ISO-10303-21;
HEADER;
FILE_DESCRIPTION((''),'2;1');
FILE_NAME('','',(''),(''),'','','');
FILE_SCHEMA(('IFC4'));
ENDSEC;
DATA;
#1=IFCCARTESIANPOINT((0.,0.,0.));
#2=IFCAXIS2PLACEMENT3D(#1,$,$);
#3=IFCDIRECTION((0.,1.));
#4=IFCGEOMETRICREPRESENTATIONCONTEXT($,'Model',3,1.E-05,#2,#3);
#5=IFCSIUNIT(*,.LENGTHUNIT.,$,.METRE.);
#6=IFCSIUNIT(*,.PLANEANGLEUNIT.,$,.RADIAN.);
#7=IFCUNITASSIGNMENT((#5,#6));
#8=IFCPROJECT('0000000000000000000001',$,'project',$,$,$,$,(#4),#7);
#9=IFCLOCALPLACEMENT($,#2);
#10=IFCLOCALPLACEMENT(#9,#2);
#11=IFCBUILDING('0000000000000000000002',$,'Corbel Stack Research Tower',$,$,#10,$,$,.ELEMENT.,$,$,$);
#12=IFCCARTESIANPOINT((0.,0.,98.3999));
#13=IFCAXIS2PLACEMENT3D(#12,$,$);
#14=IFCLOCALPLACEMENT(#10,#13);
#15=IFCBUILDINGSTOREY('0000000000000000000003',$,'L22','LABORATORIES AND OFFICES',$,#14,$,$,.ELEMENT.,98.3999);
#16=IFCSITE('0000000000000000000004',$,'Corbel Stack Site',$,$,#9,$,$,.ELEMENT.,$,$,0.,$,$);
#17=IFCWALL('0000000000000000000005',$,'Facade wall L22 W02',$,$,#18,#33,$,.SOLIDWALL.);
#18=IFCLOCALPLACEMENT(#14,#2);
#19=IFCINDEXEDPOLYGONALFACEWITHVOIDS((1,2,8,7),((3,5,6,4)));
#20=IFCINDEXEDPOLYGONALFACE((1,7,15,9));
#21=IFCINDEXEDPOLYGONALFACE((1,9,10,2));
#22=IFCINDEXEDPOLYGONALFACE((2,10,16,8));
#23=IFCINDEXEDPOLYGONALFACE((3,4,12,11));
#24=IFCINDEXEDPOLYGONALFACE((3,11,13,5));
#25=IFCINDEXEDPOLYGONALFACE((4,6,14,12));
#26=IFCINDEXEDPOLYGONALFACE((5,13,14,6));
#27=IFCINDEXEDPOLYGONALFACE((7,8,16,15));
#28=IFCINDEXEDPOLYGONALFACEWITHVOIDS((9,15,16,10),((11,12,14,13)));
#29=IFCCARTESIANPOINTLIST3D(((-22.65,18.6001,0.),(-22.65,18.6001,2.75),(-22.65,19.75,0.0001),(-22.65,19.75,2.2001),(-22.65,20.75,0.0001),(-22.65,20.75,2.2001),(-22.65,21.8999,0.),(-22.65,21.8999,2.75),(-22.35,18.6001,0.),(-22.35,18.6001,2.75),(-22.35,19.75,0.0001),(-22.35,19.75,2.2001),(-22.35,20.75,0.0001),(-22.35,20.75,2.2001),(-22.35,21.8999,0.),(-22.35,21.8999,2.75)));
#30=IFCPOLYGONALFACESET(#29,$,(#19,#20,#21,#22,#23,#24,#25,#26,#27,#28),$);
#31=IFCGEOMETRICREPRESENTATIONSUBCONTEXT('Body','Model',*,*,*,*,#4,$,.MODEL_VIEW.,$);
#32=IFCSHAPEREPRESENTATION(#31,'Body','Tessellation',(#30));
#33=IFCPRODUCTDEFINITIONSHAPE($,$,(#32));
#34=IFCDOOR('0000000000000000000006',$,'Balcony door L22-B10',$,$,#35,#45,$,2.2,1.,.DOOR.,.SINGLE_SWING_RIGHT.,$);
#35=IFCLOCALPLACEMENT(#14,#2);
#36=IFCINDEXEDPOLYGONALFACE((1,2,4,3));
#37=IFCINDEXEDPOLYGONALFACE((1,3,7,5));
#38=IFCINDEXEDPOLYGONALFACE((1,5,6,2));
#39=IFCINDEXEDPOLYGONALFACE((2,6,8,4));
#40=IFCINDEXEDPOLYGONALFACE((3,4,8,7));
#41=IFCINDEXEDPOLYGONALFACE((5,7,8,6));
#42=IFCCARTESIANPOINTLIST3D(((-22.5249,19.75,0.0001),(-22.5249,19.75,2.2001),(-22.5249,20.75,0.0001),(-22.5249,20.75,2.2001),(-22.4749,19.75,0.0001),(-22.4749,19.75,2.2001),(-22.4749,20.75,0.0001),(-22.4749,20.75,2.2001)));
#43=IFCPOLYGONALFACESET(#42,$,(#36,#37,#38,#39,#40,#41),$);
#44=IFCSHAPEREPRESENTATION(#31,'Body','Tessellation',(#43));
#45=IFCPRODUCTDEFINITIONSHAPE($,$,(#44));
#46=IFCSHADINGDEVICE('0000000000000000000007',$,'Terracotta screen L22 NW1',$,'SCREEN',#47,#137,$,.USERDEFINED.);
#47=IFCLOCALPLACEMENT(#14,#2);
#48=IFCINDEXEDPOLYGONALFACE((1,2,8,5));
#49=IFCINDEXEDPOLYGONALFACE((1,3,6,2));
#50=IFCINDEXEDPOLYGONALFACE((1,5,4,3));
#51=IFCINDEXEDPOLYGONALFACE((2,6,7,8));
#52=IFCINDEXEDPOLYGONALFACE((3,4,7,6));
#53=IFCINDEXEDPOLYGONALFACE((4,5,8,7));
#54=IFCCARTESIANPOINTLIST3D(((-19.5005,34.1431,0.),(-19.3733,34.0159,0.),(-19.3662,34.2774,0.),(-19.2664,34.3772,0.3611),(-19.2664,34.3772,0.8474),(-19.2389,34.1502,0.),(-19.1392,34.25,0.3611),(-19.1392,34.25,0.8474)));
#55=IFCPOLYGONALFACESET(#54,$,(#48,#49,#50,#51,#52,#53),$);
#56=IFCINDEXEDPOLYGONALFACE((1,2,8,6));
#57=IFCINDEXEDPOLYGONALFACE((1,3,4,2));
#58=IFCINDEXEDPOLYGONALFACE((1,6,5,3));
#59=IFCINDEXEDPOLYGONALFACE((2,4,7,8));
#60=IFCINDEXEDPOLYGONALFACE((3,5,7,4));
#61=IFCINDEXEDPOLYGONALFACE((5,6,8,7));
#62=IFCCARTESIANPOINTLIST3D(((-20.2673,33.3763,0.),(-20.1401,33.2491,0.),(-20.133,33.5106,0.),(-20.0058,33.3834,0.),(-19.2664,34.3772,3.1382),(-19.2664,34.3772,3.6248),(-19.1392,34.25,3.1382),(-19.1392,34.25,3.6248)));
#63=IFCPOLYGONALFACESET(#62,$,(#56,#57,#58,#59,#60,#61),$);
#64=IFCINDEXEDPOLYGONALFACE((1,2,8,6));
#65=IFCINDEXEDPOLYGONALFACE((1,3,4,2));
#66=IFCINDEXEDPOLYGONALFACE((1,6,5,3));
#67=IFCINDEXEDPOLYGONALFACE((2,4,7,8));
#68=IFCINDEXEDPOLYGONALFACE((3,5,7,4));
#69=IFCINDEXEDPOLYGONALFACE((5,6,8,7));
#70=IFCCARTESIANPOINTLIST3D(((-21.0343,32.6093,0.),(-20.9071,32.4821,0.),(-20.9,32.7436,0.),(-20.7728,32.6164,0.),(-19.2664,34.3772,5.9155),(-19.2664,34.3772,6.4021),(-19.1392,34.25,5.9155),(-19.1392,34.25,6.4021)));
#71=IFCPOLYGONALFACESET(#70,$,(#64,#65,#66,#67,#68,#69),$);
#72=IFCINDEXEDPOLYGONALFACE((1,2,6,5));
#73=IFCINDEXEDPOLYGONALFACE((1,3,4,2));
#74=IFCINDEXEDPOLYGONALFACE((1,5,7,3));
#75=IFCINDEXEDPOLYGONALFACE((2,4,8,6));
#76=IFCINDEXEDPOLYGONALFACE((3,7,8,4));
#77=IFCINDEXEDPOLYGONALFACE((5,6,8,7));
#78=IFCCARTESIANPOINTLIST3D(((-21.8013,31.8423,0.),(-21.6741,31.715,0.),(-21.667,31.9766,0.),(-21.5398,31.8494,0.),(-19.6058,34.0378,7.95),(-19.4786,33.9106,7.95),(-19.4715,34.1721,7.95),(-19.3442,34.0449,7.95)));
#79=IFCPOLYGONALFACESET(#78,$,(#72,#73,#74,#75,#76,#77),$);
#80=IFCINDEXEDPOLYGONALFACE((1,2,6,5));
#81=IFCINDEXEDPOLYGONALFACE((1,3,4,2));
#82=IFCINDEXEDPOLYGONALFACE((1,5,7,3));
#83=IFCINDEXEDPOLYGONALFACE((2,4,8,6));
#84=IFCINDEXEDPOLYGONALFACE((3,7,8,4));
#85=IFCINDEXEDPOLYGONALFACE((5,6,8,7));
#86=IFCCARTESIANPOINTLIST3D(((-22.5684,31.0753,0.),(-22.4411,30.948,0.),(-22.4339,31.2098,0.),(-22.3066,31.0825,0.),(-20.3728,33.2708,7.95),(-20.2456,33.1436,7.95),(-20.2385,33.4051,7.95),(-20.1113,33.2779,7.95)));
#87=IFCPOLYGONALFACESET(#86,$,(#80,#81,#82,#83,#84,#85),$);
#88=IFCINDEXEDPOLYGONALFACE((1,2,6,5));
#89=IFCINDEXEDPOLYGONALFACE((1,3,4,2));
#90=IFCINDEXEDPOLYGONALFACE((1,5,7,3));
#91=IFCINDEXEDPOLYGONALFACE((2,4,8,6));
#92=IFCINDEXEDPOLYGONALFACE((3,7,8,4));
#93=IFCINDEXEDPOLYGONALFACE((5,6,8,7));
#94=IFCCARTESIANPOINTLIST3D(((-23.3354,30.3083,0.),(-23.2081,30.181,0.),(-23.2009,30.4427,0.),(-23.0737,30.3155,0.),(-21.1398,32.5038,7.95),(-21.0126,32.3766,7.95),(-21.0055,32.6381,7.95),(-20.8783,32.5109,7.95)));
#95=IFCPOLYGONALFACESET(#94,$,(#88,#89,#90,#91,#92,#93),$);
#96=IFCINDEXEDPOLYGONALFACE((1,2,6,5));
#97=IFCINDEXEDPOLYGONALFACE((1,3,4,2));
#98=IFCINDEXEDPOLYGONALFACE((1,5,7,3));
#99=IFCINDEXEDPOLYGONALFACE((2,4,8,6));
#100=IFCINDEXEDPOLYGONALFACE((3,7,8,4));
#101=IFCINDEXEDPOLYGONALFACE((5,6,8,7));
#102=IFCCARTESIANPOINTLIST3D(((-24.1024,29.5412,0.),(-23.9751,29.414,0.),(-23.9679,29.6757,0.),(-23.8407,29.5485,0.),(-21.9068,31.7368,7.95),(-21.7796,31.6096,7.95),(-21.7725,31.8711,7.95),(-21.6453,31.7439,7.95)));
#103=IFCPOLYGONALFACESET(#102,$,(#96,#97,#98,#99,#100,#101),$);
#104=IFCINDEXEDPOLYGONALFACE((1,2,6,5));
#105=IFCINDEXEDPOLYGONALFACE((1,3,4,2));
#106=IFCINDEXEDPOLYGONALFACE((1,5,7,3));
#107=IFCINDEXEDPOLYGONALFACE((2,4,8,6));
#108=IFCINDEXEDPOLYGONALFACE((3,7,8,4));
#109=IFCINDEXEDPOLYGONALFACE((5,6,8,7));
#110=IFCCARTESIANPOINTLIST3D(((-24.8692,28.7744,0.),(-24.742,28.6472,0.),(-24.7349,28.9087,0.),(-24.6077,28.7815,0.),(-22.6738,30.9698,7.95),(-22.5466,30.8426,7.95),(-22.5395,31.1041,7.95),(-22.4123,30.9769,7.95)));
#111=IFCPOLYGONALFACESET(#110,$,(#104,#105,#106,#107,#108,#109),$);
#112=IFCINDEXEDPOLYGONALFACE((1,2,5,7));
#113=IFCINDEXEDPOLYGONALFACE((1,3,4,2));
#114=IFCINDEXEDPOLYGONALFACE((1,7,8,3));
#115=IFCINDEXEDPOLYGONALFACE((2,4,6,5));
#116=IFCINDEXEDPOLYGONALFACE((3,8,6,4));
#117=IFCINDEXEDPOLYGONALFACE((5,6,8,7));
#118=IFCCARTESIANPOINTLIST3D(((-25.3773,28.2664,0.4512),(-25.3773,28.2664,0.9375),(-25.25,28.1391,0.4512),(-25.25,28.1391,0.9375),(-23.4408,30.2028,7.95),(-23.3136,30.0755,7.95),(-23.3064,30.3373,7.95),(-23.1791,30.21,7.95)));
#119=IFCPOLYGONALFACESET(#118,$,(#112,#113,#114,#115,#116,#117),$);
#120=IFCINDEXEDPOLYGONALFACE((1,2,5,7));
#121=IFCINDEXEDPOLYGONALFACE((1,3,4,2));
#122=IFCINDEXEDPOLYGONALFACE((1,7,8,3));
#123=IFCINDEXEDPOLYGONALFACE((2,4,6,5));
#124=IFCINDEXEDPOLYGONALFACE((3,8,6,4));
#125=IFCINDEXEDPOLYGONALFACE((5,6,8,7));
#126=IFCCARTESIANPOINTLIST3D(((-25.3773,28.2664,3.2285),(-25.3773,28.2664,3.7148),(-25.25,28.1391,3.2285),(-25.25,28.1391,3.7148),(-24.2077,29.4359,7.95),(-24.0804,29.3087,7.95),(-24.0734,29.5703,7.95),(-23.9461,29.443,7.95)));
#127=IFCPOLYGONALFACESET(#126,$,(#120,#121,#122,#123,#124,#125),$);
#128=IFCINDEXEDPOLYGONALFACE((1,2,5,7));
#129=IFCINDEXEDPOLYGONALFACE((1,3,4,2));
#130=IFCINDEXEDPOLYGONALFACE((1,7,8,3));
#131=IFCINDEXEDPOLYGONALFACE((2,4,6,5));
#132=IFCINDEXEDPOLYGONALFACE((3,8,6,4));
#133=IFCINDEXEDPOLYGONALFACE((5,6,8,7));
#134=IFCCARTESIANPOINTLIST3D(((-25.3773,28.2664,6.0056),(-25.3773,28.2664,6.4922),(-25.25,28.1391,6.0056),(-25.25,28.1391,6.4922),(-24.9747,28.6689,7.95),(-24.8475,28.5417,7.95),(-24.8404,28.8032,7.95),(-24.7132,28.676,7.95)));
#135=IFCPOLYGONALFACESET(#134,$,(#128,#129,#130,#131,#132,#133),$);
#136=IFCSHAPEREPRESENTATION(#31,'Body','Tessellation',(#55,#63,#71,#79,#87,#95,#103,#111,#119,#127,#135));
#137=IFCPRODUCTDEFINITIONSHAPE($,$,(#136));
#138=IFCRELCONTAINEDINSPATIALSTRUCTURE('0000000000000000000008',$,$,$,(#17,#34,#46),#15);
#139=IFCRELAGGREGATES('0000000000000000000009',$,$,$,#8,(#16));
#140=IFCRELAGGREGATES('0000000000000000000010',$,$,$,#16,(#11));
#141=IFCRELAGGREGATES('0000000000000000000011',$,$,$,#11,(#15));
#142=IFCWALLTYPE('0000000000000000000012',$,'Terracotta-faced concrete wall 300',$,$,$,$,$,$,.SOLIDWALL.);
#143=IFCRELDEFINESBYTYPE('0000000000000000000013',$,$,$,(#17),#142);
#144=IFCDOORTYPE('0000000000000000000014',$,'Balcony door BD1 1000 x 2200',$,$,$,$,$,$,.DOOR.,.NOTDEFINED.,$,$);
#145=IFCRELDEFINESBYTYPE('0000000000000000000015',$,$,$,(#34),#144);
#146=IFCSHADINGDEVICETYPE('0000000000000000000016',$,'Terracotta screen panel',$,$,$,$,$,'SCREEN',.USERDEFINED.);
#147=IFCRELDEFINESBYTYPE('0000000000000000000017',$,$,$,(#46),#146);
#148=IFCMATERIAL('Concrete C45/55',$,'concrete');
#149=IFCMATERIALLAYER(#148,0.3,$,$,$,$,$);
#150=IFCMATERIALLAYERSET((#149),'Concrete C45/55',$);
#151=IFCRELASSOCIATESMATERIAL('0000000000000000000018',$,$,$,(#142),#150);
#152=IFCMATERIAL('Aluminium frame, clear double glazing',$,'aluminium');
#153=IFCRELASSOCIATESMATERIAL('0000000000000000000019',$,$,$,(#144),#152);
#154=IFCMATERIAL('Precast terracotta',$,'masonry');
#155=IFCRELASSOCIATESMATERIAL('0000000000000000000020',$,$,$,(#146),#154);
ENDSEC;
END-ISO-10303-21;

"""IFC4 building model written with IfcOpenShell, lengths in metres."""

from ifc_helpers import new_model, si_unit, direction, frame, frame_2d, origin, place, context, subcontext, project, spatial, polyline, rectangle, outline, extrude, source, transform, mapped, material, layer, layer_set, type_object, element, fill, save


model = new_model("IFC4")

# Units and contexts
model_context = context("Model", 3, precision=1e-05, world=origin(), true_north=direction((0.0, 1.0)))
body_context = subcontext(model_context, "Body", "Model", "MODEL_VIEW")
ifc_project = project(units=[si_unit("LENGTHUNIT", "METRE"), si_unit("PLANEANGLEUNIT", "RADIAN")], contexts=[model_context])

# Site, building, storey
site_placement = place(None, origin())
site = spatial("IfcSite", under=ifc_project, at=site_placement, Name="Corbel Stack Site", CompositionType="ELEMENT", RefElevation=0.0)
building_placement = place(site_placement, origin())
building = spatial("IfcBuilding", under=site, at=building_placement, Name="Corbel Stack Research Tower", CompositionType="ELEMENT")
storey_placement = place(building_placement, frame((0.0, 0.0, 98.3999)))
storey = spatial("IfcBuildingStorey", under=building, at=storey_placement, Name="L22", Description="LABORATORIES AND OFFICES", CompositionType="ELEMENT", Elevation=98.3999)

# Shared definitions
ifc_material_1 = material(Name="Concrete C45/55", Category="concrete")
ifc_layer_1 = layer(ifc_material_1, 0.3)
ifc_layer_set_1 = layer_set([ifc_layer_1], Name="Concrete C45/55")
wall_type_1 = type_object("IfcWallType", Name="Terracotta-faced concrete wall 300", PredefinedType="SOLIDWALL", material=ifc_layer_set_1)

# Wall, opening, door
wall_1_placement = place(storey_placement, frame((-22.5, 18.6001, 0.0), z_axis=(0.0, 0.0, 1.0), x_axis=(0.0, 1.0, 0.0)))
wall_1 = element("IfcWall", 1, at=wall_1_placement, inside=storey, type_object=wall_type_1, Name="Facade wall L22 W02", PredefinedType="SOLIDWALL", context=body_context, shape_type="SweptSolid", body=[
    extrude(rectangle(XDim=3.2998, YDim=0.3, at=frame_2d((1.6499, 0.0))), origin(), (0.0, 0.0, 1.0), 2.75),
])
opening_1_placement = place(wall_1_placement, frame((1.1499, 0.0, 0.0)))
opening_1 = element("IfcOpeningElement", 2, at=opening_1_placement, cuts=wall_1, PredefinedType="OPENING", context=body_context, shape_type="SweptSolid", body=[
    extrude(rectangle(XDim=1.0, YDim=2.2, at=frame_2d((0.5, 1.1001))), frame((0.0, 0.1599, 0.0), z_axis=(0.0, -1.0, 0.0), x_axis=(1.0, 0.0, 0.0)), (0.0, 0.0, 1.0), 0.3201),
])
ifc_material_2 = material(Name="Aluminium frame, clear double glazing", Category="aluminium")
door_type_1 = type_object("IfcDoorType", Name="Balcony door BD1 1000 x 2200", OperationType="NOTDEFINED", PredefinedType="DOOR", material=ifc_material_2)
door_1_placement = place(opening_1_placement, origin())
door_1 = element("IfcDoor", 3, at=door_1_placement, inside=storey, type_object=door_type_1, Name="Balcony door L22-B10", OperationType="SINGLE_SWING_RIGHT", OverallHeight=2.2, OverallWidth=1.0, PredefinedType="DOOR", context=body_context, shape_type="SweptSolid", body=[
    extrude(rectangle(XDim=1.0, YDim=2.2, at=frame_2d((0.5, 1.1001))), frame((0.0, 0.0249, 0.0), z_axis=(0.0, -1.0, 0.0), x_axis=(1.0, 0.0, 0.0)), (0.0, 0.0, 1.0), 0.05),
])
fill(opening_1, door_1)

# Shading device
ifc_material_3 = material(Name="Precast terracotta", Category="masonry")
shading_device_type = type_object("IfcShadingDeviceType", Name="Terracotta screen panel", ElementType="SCREEN", PredefinedType="USERDEFINED", material=ifc_material_3)
shared_shape_1 = source(origin(), body_context, "Body", "SweptSolid", [
    extrude(outline(polyline([(0.3311, 0.0), (0.0, 0.8474), (0.0, 0.3611), (0.1411, 0.0), (0.3311, 0.0)])), frame((0.0, 0.0, 0.0), z_axis=(0.0, -1.0, 0.0), x_axis=(1.0, 0.0, 0.0)), (0.0, 0.0, 1.0), 0.1799),
    extrude(outline(polyline([(1.4155, 0.0), (0.0, 3.6248), (0.0, 3.1382), (1.2256, 0.0), (1.4155, 0.0)])), frame((0.0, 0.0, 0.0), z_axis=(0.0, -1.0, 0.0), x_axis=(1.0, 0.0, 0.0)), (0.0, 0.0, 1.0), 0.1799),
    extrude(outline(polyline([(2.5002, 0.0), (0.0, 6.4021), (0.0, 5.9155), (2.3103, 0.0), (2.5002, 0.0)])), frame((0.0, 0.0, 0.0), z_axis=(0.0, -1.0, 0.0), x_axis=(1.0, 0.0, 0.0)), (0.0, 0.0, 1.0), 0.1799),
    extrude(outline(polyline([(3.585, 0.0), (0.48, 7.95), (0.29, 7.95), (3.395, 0.0), (3.585, 0.0)])), frame((0.0, 0.0, 0.0), z_axis=(0.0, -1.0, 0.0), x_axis=(1.0, 0.0, 0.0)), (0.0, 0.0, 1.0), 0.1799),
    extrude(outline(polyline([(4.6697, 0.0), (1.5647, 7.95), (1.3748, 7.95), (4.4795, 0.0), (4.6697, 0.0)])), frame((0.0, 0.0, 0.0), z_axis=(0.0, -1.0, 0.0), x_axis=(1.0, 0.0, 0.0)), (0.0, 0.0, 1.0), 0.1799),
    extrude(outline(polyline([(5.7544, 0.0), (2.6494, 7.95), (2.4595, 7.95), (5.5642, 0.0), (5.7544, 0.0)])), frame((0.0, 0.0, 0.0), z_axis=(0.0, -1.0, 0.0), x_axis=(1.0, 0.0, 0.0)), (0.0, 0.0, 1.0), 0.1799),
    extrude(outline(polyline([(6.8391, 0.0), (3.7341, 7.95), (3.5442, 7.95), (6.6489, 0.0), (6.8391, 0.0)])), frame((0.0, 0.0, 0.0), z_axis=(0.0, -1.0, 0.0), x_axis=(1.0, 0.0, 0.0)), (0.0, 0.0, 1.0), 0.1799),
    extrude(outline(polyline([(7.9236, 0.0), (4.8188, 7.95), (4.6289, 7.95), (7.7336, 0.0), (7.9236, 0.0)])), frame((0.0, 0.0, 0.0), z_axis=(0.0, -1.0, 0.0), x_axis=(1.0, 0.0, 0.0)), (0.0, 0.0, 1.0), 0.1799),
    extrude(outline(polyline([(5.9036, 7.95), (5.7134, 7.95), (8.6421, 0.4512), (8.6421, 0.9375), (5.9036, 7.95)])), frame((0.0, 0.0, 0.0), z_axis=(0.0, -1.0, 0.0), x_axis=(1.0, 0.0, 0.0)), (0.0, 0.0, 1.0), 0.1799),
    extrude(outline(polyline([(6.988, 7.95), (6.7981, 7.95), (8.6421, 3.2285), (8.6421, 3.7148), (6.988, 7.95)])), frame((0.0, 0.0, 0.0), z_axis=(0.0, -1.0, 0.0), x_axis=(1.0, 0.0, 0.0)), (0.0, 0.0, 1.0), 0.1799),
    extrude(outline(polyline([(8.0728, 7.95), (7.8828, 7.95), (8.6421, 6.0056), (8.6421, 6.4922), (8.0728, 7.95)])), frame((0.0, 0.0, 0.0), z_axis=(0.0, -1.0, 0.0), x_axis=(1.0, 0.0, 0.0)), (0.0, 0.0, 1.0), 0.1799),
])
shading_device_1_placement = place(storey_placement, frame((-19.1392, 34.25, 0.0), z_axis=(0.0, 0.0, 1.0), x_axis=(-0.707107, -0.707107, 0.0)))
element("IfcShadingDevice", 4, at=shading_device_1_placement, inside=storey, type_object=shading_device_type, Name="Terracotta screen L22 NW1", ObjectType="SCREEN", PredefinedType="USERDEFINED", context=body_context, shape_type="MappedRepresentation", body=[
    mapped(shared_shape_1, transform((0.0, 0.0, 0.0))),
])

save(model, "model.ifc")
